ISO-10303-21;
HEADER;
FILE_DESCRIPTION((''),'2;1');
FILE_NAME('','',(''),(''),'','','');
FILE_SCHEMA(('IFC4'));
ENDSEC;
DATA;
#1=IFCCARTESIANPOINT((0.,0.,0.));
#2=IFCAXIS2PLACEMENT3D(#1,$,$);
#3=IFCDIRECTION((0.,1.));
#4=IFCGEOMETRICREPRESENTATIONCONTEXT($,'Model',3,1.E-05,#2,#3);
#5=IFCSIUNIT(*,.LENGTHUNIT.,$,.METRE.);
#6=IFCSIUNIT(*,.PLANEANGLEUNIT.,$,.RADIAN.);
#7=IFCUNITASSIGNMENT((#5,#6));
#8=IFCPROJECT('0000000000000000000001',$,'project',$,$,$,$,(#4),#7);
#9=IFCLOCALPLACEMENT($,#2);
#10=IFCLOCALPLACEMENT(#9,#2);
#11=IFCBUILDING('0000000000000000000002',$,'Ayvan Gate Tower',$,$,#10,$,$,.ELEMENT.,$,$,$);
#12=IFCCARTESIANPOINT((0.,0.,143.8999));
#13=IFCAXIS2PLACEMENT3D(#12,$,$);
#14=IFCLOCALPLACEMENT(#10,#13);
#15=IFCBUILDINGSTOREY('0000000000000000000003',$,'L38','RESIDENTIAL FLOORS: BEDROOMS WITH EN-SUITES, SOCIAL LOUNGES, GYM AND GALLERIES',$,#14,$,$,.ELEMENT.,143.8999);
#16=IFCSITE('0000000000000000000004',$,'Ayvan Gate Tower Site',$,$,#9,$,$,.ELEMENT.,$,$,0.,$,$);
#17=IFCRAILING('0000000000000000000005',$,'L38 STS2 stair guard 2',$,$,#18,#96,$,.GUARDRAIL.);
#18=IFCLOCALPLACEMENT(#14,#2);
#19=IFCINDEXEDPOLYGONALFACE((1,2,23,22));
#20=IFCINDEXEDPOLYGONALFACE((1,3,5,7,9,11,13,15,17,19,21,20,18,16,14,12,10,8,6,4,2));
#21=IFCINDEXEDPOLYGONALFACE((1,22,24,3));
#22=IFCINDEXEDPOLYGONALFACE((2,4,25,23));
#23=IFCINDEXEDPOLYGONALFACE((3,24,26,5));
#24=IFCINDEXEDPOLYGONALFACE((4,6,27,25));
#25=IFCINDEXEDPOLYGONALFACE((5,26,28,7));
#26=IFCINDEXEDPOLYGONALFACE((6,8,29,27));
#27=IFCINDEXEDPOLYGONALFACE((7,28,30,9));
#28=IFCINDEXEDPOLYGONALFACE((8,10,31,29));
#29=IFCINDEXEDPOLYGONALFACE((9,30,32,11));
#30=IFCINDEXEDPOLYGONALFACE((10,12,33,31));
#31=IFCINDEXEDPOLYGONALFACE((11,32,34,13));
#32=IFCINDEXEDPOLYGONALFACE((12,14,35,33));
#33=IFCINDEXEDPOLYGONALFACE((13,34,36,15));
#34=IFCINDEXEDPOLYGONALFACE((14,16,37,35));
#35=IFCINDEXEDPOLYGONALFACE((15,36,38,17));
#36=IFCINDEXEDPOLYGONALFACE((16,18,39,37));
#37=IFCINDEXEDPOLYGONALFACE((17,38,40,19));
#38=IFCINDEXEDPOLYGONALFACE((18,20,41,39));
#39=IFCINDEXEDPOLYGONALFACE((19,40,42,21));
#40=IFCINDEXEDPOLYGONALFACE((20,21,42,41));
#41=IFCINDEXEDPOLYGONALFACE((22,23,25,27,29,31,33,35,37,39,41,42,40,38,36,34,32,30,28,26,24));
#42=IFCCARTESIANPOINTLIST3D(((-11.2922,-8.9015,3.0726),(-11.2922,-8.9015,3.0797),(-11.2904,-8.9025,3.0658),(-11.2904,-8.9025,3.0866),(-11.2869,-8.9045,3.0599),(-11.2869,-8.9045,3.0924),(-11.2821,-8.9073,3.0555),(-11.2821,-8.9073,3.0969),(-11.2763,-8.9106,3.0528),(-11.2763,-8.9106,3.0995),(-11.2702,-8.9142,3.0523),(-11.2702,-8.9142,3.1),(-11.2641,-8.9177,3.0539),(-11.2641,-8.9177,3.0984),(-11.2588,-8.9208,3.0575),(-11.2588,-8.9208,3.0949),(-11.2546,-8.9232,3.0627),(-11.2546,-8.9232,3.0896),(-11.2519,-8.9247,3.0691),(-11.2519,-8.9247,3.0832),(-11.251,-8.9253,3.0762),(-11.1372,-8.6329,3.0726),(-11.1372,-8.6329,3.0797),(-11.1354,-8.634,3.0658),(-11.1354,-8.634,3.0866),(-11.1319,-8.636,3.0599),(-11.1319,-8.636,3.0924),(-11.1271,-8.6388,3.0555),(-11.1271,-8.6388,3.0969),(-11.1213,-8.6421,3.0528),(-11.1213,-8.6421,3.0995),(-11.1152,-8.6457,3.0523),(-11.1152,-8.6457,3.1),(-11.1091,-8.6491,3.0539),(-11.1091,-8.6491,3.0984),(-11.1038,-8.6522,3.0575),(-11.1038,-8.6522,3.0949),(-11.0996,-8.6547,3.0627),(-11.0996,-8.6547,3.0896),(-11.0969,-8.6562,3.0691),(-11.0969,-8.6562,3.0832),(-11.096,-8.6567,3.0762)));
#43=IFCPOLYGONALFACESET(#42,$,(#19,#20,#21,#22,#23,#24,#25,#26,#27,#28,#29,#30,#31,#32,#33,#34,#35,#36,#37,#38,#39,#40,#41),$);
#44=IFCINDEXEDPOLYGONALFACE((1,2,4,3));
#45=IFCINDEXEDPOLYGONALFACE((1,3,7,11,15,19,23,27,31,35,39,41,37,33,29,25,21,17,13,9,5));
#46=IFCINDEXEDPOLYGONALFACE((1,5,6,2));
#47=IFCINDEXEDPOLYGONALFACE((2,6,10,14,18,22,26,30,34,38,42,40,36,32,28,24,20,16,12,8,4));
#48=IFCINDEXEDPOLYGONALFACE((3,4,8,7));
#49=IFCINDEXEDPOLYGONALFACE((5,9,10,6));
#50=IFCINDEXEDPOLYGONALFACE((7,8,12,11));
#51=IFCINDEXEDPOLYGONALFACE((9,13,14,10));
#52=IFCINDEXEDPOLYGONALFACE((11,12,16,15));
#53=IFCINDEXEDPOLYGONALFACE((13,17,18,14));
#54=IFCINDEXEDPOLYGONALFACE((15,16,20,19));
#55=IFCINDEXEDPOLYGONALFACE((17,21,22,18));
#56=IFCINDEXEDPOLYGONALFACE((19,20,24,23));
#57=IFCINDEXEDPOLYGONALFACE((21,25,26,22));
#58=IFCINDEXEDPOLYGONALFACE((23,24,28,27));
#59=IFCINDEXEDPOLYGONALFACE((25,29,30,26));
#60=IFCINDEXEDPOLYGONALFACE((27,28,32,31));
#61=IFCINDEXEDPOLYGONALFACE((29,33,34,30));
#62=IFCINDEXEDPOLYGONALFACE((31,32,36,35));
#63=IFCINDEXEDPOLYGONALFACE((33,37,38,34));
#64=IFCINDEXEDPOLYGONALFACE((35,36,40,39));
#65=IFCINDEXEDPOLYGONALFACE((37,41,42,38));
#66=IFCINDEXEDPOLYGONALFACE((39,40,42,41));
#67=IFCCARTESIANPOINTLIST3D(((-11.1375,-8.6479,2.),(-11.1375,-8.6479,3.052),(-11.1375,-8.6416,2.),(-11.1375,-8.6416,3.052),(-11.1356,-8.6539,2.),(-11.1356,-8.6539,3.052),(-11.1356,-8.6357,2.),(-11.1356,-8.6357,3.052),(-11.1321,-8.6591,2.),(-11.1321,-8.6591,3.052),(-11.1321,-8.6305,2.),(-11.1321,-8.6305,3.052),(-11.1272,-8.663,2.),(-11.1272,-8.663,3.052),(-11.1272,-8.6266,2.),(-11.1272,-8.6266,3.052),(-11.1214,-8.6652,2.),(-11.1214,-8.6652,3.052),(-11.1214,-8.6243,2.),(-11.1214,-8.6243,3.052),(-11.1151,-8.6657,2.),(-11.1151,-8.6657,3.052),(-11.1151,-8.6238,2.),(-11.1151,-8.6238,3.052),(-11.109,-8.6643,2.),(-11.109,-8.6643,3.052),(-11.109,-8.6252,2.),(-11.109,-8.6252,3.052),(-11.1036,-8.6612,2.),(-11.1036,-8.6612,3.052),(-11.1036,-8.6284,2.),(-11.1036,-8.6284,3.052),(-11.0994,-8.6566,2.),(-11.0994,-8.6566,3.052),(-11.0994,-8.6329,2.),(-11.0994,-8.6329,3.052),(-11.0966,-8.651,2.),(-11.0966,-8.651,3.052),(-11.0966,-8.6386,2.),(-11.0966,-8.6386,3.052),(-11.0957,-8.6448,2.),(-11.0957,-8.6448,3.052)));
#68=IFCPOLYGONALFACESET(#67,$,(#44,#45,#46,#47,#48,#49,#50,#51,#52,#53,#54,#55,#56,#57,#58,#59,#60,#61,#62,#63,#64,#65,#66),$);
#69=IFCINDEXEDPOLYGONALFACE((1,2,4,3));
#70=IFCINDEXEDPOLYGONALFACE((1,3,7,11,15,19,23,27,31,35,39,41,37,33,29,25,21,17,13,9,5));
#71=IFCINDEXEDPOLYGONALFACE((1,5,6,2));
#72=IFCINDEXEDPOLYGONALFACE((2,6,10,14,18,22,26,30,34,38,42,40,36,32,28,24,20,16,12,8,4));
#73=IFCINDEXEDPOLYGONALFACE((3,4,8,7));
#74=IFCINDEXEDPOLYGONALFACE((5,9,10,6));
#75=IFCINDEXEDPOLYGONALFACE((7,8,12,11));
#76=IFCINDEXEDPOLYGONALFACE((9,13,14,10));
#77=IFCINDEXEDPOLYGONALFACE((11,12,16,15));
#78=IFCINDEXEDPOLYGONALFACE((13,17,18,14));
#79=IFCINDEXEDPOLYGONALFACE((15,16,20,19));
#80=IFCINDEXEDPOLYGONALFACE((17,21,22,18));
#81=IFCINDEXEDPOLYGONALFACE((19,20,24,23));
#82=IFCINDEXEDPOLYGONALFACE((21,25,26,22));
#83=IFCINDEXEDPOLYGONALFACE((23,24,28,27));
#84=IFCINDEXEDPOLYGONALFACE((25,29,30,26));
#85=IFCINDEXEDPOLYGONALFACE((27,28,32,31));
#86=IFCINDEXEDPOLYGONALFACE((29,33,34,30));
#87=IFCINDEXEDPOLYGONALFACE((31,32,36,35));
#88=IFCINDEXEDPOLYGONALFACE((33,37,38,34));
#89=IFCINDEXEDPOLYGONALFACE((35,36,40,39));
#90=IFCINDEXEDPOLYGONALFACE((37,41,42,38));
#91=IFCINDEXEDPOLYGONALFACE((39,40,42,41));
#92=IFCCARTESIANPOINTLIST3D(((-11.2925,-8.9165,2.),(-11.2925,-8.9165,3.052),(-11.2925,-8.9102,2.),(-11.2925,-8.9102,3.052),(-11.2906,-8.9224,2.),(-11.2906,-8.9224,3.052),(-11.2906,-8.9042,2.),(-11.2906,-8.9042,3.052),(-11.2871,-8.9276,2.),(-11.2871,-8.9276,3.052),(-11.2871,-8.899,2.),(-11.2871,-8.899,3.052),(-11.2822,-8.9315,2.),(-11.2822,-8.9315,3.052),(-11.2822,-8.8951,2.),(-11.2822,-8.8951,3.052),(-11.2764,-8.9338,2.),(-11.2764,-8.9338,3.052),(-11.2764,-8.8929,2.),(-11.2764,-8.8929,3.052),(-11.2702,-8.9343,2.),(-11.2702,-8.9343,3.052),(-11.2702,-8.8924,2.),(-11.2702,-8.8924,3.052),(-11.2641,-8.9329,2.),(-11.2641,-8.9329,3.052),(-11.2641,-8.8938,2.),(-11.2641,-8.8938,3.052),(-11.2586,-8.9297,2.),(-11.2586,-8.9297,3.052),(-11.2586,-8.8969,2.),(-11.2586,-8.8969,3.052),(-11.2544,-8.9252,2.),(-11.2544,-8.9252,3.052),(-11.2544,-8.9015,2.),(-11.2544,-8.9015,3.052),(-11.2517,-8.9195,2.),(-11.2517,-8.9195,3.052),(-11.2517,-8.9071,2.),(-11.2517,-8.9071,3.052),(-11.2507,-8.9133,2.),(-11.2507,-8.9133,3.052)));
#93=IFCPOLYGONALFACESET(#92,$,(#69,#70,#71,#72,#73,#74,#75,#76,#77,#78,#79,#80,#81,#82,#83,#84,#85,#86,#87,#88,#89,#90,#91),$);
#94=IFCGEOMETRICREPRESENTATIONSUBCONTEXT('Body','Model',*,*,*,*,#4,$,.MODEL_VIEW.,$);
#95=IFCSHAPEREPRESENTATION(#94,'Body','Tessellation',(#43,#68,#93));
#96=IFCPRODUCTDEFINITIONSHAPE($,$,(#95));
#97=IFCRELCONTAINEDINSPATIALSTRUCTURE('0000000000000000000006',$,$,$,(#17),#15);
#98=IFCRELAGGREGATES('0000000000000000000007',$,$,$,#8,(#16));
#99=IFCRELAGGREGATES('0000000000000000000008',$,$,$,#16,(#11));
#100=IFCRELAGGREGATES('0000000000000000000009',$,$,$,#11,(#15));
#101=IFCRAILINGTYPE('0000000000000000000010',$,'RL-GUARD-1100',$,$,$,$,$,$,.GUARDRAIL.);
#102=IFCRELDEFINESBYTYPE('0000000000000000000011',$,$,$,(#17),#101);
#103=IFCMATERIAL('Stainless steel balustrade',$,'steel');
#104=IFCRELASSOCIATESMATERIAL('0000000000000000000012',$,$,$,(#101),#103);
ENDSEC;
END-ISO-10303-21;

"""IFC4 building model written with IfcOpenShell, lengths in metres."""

from ifc_helpers import new_model, si_unit, direction, frame, origin, origin_2d, place, context, subcontext, project, spatial, circle, extrude, material, type_object, element, save


model = new_model("IFC4")

# Units and contexts
model_context = context("Model", 3, precision=1e-05, world=origin(), true_north=direction((0.0, 1.0)))
body_context = subcontext(model_context, "Body", "Model", "MODEL_VIEW")
ifc_project = project(units=[si_unit("LENGTHUNIT", "METRE"), si_unit("PLANEANGLEUNIT", "RADIAN")], contexts=[model_context])

# Site, building, storey
site_placement = place(None, origin())
site = spatial("IfcSite", under=ifc_project, at=site_placement, Name="Ayvan Gate Tower Site", CompositionType="ELEMENT", RefElevation=0.0)
building_placement = place(site_placement, origin())
building = spatial("IfcBuilding", under=site, at=building_placement, Name="Ayvan Gate Tower", CompositionType="ELEMENT")
storey_placement = place(building_placement, frame((0.0, 0.0, 143.8999)))
storey = spatial("IfcBuildingStorey", under=building, at=storey_placement, Name="L38", Description="RESIDENTIAL FLOORS: BEDROOMS WITH EN-SUITES, SOCIAL LOUNGES, GYM AND GALLERIES", CompositionType="ELEMENT", Elevation=143.8999)

# Railing
ifc_material_1 = material(Name="Stainless steel balustrade", Category="steel")
railing_type_1 = type_object("IfcRailingType", Name="RL-GUARD-1100", PredefinedType="GUARDRAIL", material=ifc_material_1)
railing_1_placement = place(storey_placement, frame((-11.1167, -8.6448, 2.0)))
element("IfcRailing", 1, at=railing_1_placement, inside=storey, type_object=railing_type_1, Name="L38 STS2 stair guard 2", PredefinedType="GUARDRAIL", context=body_context, shape_type="SweptSolid", body=[
    extrude(circle(Radius=0.0239, at=origin_2d()), frame((0.0, 0.0, 1.0762), z_axis=(-0.49995, -0.866054, 0.0), x_axis=(0.866054, -0.49995, 0.0)), (0.0, 0.0, 1.0), 0.3101),
    extrude(circle(Radius=0.021, at=origin_2d()), origin(), (0.0, 0.0, 1.0), 1.052),
    extrude(circle(Radius=0.021, at=origin_2d()), frame((-0.155, -0.2686, 0.0)), (0.0, 0.0, 1.0), 1.052),
])

save(model, "model.ifc")
